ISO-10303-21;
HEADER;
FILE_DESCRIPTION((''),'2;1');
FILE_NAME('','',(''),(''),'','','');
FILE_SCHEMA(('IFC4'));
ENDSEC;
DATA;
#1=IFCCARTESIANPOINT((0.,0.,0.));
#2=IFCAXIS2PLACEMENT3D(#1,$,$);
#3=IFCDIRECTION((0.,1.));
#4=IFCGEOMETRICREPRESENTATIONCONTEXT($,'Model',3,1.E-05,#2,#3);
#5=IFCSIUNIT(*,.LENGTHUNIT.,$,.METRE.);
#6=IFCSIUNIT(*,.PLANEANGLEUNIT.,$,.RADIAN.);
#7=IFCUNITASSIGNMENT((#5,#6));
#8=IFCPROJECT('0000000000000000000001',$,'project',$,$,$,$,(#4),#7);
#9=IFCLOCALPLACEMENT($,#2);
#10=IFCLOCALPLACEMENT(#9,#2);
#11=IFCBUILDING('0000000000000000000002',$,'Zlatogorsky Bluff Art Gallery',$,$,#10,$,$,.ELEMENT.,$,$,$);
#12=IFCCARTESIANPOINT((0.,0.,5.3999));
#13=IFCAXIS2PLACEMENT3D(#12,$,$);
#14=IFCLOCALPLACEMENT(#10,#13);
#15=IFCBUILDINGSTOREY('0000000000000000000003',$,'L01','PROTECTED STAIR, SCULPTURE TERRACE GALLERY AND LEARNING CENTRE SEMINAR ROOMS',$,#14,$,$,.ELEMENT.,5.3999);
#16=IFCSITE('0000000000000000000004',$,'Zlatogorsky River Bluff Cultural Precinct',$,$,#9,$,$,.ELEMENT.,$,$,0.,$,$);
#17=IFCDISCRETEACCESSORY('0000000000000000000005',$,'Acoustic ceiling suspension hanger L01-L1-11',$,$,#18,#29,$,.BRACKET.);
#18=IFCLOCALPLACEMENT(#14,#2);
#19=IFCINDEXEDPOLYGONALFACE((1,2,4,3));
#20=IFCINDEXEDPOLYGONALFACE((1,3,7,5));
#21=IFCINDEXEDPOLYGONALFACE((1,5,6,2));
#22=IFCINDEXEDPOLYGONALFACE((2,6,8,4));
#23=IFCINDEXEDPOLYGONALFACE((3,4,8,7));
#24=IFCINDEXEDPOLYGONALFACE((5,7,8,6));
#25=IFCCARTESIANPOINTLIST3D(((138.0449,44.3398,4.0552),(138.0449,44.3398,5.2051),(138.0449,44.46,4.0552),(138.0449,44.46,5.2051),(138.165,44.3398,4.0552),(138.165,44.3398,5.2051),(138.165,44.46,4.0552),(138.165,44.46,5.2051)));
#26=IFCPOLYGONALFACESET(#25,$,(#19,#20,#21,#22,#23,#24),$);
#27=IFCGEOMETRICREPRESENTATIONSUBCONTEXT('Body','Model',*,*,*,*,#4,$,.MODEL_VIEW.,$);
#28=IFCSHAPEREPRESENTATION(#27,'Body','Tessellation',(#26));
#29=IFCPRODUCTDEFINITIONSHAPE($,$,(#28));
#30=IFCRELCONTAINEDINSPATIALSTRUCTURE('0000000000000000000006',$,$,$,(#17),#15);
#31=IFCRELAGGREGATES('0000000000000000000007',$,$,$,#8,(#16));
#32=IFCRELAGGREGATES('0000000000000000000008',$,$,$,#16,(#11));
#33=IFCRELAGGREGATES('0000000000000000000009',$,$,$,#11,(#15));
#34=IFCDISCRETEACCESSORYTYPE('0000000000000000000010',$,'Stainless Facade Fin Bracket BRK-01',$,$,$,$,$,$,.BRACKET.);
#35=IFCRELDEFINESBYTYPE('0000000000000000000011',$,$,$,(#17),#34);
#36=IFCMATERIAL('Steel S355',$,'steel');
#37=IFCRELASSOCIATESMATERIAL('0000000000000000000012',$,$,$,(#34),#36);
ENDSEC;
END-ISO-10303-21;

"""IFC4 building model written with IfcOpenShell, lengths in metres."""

from ifc_helpers import new_model, si_unit, direction, frame, origin, origin_2d, place, context, subcontext, project, spatial, rectangle, extrude, material, type_object, element, save


model = new_model("IFC4")

# Units and contexts
model_context = context("Model", 3, precision=1e-05, world=origin(), true_north=direction((0.0, 1.0)))
body_context = subcontext(model_context, "Body", "Model", "MODEL_VIEW")
ifc_project = project(units=[si_unit("LENGTHUNIT", "METRE"), si_unit("PLANEANGLEUNIT", "RADIAN")], contexts=[model_context])

# Site, building, storey
site_placement = place(None, origin())
site = spatial("IfcSite", under=ifc_project, at=site_placement, Name="Zlatogorsky River Bluff Cultural Precinct", CompositionType="ELEMENT", RefElevation=0.0)
building_placement = place(site_placement, origin())
building = spatial("IfcBuilding", under=site, at=building_placement, Name="Zlatogorsky Bluff Art Gallery", CompositionType="ELEMENT")
storey_placement = place(building_placement, frame((0.0, 0.0, 5.3999)))
storey = spatial("IfcBuildingStorey", under=building, at=storey_placement, Name="L01", Description="PROTECTED STAIR, SCULPTURE TERRACE GALLERY AND LEARNING CENTRE SEMINAR ROOMS", CompositionType="ELEMENT", Elevation=5.3999)

# Shared definitions
ifc_material_1 = material(Name="Steel S355", Category="steel")

# Discrete accessory
discrete_accessory_type = type_object("IfcDiscreteAccessoryType", Name="Stainless Facade Fin Bracket BRK-01", PredefinedType="BRACKET", material=ifc_material_1)
discrete_accessory_placement = place(storey_placement, frame((138.105, 44.3999, 4.0552), z_axis=(0.0, 0.0, 1.0), x_axis=(1.0, 0.0, 0.0)))
element("IfcDiscreteAccessory", 1, at=discrete_accessory_placement, inside=storey, type_object=discrete_accessory_type, Name="Acoustic ceiling suspension hanger L01-L1-11", PredefinedType="BRACKET", context=body_context, shape_type="SweptSolid", body=[
    extrude(rectangle(XDim=0.1201, YDim=0.1201, at=origin_2d()), origin(), (0.0, 0.0, 1.0), 1.1499),
])

save(model, "model.ifc")
